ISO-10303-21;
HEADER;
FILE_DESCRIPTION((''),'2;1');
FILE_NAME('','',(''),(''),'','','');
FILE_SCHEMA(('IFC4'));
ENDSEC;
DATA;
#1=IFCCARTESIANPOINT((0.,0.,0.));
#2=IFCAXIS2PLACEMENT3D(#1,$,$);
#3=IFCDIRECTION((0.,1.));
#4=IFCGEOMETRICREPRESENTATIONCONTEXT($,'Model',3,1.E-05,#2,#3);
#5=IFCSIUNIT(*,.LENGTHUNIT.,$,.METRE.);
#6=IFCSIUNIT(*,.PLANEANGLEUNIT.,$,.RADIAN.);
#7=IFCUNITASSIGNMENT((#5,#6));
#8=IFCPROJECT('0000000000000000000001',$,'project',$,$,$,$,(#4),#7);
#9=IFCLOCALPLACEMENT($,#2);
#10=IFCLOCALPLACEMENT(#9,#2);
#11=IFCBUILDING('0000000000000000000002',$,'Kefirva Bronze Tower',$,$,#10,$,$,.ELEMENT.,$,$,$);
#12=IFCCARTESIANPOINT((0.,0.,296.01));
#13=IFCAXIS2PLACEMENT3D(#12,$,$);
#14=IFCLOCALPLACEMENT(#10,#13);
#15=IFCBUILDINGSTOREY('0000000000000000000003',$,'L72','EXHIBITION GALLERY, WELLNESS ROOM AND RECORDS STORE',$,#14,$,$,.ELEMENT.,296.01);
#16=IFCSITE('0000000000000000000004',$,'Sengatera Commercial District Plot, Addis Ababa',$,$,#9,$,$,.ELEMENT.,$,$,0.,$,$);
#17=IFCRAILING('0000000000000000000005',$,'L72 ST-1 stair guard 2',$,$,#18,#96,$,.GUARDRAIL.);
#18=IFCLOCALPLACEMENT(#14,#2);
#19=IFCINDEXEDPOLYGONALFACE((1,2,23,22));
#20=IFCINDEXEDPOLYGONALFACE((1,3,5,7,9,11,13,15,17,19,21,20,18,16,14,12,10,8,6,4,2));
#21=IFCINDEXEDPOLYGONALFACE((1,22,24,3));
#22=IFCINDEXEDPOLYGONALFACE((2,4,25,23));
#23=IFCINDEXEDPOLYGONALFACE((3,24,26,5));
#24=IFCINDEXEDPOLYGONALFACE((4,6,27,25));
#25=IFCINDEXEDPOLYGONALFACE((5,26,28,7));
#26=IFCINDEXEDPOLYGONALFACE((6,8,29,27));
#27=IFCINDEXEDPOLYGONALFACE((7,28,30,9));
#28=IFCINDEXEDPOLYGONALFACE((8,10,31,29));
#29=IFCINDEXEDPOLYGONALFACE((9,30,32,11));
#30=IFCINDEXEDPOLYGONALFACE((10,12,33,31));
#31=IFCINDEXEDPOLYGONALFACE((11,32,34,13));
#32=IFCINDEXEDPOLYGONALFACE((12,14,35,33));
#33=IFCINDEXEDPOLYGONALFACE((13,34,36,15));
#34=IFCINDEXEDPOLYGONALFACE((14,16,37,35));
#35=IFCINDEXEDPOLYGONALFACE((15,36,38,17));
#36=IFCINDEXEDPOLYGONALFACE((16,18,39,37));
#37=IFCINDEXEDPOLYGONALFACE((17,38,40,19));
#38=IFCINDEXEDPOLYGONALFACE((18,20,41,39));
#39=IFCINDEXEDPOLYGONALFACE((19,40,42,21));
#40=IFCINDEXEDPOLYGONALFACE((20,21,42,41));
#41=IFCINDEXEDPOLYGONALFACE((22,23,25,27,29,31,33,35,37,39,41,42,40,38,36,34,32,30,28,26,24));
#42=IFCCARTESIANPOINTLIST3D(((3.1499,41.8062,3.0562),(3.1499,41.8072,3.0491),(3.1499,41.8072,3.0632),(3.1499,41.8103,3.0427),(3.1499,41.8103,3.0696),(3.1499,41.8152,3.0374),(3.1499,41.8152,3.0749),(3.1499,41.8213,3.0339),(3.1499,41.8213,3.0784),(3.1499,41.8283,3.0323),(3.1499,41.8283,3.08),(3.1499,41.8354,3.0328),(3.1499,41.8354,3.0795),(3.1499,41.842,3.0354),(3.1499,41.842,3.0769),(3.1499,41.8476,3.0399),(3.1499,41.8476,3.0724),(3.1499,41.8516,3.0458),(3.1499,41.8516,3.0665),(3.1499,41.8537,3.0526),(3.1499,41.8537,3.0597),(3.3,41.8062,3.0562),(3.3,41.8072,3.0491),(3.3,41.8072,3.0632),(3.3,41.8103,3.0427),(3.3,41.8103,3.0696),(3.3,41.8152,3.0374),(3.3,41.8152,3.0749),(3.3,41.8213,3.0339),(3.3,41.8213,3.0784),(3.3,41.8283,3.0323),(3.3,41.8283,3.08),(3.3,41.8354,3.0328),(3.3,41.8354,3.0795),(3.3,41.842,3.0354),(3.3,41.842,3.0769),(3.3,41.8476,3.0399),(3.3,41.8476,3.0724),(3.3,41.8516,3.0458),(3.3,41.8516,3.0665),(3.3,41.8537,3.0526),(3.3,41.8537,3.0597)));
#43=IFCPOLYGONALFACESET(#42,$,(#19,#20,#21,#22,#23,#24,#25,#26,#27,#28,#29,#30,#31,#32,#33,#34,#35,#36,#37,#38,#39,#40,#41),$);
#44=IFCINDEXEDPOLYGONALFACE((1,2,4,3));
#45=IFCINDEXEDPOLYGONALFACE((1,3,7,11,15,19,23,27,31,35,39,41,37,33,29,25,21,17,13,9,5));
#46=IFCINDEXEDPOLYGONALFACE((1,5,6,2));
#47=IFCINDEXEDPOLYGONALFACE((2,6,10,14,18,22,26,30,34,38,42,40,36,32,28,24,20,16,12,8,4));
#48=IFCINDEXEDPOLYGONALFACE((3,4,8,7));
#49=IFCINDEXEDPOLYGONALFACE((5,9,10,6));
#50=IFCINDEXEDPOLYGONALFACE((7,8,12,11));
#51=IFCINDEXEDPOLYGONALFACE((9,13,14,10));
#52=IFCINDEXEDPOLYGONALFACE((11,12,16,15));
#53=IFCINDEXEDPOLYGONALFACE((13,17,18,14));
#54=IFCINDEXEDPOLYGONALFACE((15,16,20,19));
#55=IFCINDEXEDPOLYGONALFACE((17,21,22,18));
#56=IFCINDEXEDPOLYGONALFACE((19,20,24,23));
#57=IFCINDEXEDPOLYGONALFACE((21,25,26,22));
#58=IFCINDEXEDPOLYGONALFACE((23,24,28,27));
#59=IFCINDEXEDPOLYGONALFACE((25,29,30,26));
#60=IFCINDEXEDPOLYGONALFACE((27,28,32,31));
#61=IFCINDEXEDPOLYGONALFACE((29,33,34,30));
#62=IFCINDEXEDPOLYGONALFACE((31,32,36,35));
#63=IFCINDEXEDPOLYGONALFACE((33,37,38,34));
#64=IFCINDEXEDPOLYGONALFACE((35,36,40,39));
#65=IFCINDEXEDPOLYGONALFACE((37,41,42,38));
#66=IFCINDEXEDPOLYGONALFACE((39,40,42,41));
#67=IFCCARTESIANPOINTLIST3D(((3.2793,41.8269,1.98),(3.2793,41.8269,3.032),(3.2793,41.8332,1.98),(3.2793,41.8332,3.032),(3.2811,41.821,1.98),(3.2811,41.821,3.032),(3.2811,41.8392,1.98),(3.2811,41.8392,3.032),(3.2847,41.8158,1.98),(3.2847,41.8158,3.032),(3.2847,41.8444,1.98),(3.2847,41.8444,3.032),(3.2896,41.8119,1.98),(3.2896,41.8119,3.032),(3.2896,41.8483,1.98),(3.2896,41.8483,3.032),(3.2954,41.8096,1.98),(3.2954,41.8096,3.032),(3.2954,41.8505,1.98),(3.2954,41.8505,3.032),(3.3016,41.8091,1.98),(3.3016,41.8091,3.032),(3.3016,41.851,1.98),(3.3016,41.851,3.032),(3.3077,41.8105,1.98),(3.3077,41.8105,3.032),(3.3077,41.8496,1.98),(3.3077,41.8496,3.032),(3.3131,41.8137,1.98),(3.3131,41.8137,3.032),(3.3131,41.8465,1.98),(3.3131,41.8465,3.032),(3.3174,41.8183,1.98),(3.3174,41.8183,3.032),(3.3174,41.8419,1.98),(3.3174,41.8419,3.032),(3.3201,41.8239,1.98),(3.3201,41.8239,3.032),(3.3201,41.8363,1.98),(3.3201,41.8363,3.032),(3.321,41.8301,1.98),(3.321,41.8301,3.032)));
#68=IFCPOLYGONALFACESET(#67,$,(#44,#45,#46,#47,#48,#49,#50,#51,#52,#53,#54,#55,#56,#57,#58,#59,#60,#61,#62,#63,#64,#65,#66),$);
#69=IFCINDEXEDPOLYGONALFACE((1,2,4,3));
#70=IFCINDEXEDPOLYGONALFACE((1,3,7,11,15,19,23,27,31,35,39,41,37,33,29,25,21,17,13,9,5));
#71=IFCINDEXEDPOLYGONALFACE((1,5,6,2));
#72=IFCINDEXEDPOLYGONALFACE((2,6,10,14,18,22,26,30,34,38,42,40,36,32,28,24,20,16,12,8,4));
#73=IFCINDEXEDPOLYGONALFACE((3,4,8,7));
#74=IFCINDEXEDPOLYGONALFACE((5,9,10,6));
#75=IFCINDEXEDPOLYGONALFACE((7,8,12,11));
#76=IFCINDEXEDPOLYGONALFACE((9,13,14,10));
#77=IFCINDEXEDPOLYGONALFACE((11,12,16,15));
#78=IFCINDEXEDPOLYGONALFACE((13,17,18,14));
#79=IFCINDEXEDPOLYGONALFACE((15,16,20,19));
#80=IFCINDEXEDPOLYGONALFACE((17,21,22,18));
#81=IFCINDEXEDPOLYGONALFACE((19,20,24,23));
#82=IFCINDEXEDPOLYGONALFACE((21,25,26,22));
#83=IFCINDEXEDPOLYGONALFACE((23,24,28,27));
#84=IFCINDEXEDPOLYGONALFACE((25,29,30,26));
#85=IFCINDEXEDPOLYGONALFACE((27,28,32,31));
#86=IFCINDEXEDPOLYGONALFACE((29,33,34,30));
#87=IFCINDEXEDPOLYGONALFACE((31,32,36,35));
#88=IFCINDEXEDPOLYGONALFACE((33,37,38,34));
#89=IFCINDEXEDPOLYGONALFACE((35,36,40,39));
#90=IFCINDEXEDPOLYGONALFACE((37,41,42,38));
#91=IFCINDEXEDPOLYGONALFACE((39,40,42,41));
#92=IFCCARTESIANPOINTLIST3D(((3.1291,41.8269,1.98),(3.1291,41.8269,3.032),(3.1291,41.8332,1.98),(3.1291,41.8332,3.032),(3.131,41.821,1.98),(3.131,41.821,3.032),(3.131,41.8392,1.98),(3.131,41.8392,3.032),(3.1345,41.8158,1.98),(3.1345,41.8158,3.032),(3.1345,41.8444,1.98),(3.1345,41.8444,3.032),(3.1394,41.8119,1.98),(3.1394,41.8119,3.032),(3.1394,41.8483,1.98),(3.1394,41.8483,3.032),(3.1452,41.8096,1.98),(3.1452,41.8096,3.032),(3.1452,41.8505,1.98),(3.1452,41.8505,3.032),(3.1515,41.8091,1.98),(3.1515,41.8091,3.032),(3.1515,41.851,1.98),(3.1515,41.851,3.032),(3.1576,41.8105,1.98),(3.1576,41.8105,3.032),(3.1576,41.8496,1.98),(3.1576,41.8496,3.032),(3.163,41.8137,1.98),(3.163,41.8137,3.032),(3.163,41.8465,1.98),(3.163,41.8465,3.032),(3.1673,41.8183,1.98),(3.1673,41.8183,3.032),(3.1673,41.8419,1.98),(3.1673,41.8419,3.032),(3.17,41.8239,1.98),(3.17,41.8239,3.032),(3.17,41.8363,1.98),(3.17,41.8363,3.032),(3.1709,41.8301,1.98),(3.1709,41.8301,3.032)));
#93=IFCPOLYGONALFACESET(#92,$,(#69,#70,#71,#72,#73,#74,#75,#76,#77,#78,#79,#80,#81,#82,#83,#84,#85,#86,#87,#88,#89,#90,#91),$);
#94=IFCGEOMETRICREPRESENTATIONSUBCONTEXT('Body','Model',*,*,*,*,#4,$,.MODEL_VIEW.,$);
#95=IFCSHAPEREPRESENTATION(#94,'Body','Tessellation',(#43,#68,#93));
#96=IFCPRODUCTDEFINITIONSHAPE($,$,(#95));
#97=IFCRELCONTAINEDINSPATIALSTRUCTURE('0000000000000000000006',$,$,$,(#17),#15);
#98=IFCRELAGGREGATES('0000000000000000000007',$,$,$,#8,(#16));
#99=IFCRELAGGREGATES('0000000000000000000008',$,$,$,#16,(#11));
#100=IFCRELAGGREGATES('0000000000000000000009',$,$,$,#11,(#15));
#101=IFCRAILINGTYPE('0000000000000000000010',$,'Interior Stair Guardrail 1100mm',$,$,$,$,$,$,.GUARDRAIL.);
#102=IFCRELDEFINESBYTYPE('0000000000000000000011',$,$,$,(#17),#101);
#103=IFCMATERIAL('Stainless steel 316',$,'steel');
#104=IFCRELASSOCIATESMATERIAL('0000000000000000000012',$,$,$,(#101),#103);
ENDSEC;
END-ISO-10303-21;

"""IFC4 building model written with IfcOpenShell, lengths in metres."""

from ifc_helpers import new_model, si_unit, direction, frame, origin, origin_2d, place, context, subcontext, project, spatial, circle, extrude, material, type_object, element, save


model = new_model("IFC4")

# Units and contexts
model_context = context("Model", 3, precision=1e-05, world=origin(), true_north=direction((0.0, 1.0)))
body_context = subcontext(model_context, "Body", "Model", "MODEL_VIEW")
ifc_project = project(units=[si_unit("LENGTHUNIT", "METRE"), si_unit("PLANEANGLEUNIT", "RADIAN")], contexts=[model_context])

# Site, building, storey
site_placement = place(None, origin())
site = spatial("IfcSite", under=ifc_project, at=site_placement, Name="Sengatera Commercial District Plot, Addis Ababa", CompositionType="ELEMENT", RefElevation=0.0)
building_placement = place(site_placement, origin())
building = spatial("IfcBuilding", under=site, at=building_placement, Name="Kefirva Bronze Tower", CompositionType="ELEMENT")
storey_placement = place(building_placement, frame((0.0, 0.0, 296.01)))
storey = spatial("IfcBuildingStorey", under=building, at=storey_placement, Name="L72", Description="EXHIBITION GALLERY, WELLNESS ROOM AND RECORDS STORE", CompositionType="ELEMENT", Elevation=296.01)

# Railing
ifc_material_1 = material(Name="Stainless steel 316", Category="steel")
railing_type_1 = type_object("IfcRailingType", Name="Interior Stair Guardrail 1100mm", PredefinedType="GUARDRAIL", material=ifc_material_1)
railing_1_placement = place(storey_placement, frame((3.3, 41.8301, 1.98)))
element("IfcRailing", 1, at=railing_1_placement, inside=storey, type_object=railing_type_1, Name="L72 ST-1 stair guard 2", PredefinedType="GUARDRAIL", context=body_context, shape_type="SweptSolid", body=[
    extrude(circle(Radius=0.0239, at=origin_2d()), frame((0.0, 0.0, 1.0762), z_axis=(-1.0, 0.0, 0.0), x_axis=(0.0, -1.0, 0.0)), (0.0, 0.0, 1.0), 0.1501),
    extrude(circle(Radius=0.021, at=origin_2d()), origin(), (0.0, 0.0, 1.0), 1.052),
    extrude(circle(Radius=0.021, at=origin_2d()), frame((-0.1501, 0.0, 0.0)), (0.0, 0.0, 1.0), 1.052),
])

save(model, "model.ifc")
